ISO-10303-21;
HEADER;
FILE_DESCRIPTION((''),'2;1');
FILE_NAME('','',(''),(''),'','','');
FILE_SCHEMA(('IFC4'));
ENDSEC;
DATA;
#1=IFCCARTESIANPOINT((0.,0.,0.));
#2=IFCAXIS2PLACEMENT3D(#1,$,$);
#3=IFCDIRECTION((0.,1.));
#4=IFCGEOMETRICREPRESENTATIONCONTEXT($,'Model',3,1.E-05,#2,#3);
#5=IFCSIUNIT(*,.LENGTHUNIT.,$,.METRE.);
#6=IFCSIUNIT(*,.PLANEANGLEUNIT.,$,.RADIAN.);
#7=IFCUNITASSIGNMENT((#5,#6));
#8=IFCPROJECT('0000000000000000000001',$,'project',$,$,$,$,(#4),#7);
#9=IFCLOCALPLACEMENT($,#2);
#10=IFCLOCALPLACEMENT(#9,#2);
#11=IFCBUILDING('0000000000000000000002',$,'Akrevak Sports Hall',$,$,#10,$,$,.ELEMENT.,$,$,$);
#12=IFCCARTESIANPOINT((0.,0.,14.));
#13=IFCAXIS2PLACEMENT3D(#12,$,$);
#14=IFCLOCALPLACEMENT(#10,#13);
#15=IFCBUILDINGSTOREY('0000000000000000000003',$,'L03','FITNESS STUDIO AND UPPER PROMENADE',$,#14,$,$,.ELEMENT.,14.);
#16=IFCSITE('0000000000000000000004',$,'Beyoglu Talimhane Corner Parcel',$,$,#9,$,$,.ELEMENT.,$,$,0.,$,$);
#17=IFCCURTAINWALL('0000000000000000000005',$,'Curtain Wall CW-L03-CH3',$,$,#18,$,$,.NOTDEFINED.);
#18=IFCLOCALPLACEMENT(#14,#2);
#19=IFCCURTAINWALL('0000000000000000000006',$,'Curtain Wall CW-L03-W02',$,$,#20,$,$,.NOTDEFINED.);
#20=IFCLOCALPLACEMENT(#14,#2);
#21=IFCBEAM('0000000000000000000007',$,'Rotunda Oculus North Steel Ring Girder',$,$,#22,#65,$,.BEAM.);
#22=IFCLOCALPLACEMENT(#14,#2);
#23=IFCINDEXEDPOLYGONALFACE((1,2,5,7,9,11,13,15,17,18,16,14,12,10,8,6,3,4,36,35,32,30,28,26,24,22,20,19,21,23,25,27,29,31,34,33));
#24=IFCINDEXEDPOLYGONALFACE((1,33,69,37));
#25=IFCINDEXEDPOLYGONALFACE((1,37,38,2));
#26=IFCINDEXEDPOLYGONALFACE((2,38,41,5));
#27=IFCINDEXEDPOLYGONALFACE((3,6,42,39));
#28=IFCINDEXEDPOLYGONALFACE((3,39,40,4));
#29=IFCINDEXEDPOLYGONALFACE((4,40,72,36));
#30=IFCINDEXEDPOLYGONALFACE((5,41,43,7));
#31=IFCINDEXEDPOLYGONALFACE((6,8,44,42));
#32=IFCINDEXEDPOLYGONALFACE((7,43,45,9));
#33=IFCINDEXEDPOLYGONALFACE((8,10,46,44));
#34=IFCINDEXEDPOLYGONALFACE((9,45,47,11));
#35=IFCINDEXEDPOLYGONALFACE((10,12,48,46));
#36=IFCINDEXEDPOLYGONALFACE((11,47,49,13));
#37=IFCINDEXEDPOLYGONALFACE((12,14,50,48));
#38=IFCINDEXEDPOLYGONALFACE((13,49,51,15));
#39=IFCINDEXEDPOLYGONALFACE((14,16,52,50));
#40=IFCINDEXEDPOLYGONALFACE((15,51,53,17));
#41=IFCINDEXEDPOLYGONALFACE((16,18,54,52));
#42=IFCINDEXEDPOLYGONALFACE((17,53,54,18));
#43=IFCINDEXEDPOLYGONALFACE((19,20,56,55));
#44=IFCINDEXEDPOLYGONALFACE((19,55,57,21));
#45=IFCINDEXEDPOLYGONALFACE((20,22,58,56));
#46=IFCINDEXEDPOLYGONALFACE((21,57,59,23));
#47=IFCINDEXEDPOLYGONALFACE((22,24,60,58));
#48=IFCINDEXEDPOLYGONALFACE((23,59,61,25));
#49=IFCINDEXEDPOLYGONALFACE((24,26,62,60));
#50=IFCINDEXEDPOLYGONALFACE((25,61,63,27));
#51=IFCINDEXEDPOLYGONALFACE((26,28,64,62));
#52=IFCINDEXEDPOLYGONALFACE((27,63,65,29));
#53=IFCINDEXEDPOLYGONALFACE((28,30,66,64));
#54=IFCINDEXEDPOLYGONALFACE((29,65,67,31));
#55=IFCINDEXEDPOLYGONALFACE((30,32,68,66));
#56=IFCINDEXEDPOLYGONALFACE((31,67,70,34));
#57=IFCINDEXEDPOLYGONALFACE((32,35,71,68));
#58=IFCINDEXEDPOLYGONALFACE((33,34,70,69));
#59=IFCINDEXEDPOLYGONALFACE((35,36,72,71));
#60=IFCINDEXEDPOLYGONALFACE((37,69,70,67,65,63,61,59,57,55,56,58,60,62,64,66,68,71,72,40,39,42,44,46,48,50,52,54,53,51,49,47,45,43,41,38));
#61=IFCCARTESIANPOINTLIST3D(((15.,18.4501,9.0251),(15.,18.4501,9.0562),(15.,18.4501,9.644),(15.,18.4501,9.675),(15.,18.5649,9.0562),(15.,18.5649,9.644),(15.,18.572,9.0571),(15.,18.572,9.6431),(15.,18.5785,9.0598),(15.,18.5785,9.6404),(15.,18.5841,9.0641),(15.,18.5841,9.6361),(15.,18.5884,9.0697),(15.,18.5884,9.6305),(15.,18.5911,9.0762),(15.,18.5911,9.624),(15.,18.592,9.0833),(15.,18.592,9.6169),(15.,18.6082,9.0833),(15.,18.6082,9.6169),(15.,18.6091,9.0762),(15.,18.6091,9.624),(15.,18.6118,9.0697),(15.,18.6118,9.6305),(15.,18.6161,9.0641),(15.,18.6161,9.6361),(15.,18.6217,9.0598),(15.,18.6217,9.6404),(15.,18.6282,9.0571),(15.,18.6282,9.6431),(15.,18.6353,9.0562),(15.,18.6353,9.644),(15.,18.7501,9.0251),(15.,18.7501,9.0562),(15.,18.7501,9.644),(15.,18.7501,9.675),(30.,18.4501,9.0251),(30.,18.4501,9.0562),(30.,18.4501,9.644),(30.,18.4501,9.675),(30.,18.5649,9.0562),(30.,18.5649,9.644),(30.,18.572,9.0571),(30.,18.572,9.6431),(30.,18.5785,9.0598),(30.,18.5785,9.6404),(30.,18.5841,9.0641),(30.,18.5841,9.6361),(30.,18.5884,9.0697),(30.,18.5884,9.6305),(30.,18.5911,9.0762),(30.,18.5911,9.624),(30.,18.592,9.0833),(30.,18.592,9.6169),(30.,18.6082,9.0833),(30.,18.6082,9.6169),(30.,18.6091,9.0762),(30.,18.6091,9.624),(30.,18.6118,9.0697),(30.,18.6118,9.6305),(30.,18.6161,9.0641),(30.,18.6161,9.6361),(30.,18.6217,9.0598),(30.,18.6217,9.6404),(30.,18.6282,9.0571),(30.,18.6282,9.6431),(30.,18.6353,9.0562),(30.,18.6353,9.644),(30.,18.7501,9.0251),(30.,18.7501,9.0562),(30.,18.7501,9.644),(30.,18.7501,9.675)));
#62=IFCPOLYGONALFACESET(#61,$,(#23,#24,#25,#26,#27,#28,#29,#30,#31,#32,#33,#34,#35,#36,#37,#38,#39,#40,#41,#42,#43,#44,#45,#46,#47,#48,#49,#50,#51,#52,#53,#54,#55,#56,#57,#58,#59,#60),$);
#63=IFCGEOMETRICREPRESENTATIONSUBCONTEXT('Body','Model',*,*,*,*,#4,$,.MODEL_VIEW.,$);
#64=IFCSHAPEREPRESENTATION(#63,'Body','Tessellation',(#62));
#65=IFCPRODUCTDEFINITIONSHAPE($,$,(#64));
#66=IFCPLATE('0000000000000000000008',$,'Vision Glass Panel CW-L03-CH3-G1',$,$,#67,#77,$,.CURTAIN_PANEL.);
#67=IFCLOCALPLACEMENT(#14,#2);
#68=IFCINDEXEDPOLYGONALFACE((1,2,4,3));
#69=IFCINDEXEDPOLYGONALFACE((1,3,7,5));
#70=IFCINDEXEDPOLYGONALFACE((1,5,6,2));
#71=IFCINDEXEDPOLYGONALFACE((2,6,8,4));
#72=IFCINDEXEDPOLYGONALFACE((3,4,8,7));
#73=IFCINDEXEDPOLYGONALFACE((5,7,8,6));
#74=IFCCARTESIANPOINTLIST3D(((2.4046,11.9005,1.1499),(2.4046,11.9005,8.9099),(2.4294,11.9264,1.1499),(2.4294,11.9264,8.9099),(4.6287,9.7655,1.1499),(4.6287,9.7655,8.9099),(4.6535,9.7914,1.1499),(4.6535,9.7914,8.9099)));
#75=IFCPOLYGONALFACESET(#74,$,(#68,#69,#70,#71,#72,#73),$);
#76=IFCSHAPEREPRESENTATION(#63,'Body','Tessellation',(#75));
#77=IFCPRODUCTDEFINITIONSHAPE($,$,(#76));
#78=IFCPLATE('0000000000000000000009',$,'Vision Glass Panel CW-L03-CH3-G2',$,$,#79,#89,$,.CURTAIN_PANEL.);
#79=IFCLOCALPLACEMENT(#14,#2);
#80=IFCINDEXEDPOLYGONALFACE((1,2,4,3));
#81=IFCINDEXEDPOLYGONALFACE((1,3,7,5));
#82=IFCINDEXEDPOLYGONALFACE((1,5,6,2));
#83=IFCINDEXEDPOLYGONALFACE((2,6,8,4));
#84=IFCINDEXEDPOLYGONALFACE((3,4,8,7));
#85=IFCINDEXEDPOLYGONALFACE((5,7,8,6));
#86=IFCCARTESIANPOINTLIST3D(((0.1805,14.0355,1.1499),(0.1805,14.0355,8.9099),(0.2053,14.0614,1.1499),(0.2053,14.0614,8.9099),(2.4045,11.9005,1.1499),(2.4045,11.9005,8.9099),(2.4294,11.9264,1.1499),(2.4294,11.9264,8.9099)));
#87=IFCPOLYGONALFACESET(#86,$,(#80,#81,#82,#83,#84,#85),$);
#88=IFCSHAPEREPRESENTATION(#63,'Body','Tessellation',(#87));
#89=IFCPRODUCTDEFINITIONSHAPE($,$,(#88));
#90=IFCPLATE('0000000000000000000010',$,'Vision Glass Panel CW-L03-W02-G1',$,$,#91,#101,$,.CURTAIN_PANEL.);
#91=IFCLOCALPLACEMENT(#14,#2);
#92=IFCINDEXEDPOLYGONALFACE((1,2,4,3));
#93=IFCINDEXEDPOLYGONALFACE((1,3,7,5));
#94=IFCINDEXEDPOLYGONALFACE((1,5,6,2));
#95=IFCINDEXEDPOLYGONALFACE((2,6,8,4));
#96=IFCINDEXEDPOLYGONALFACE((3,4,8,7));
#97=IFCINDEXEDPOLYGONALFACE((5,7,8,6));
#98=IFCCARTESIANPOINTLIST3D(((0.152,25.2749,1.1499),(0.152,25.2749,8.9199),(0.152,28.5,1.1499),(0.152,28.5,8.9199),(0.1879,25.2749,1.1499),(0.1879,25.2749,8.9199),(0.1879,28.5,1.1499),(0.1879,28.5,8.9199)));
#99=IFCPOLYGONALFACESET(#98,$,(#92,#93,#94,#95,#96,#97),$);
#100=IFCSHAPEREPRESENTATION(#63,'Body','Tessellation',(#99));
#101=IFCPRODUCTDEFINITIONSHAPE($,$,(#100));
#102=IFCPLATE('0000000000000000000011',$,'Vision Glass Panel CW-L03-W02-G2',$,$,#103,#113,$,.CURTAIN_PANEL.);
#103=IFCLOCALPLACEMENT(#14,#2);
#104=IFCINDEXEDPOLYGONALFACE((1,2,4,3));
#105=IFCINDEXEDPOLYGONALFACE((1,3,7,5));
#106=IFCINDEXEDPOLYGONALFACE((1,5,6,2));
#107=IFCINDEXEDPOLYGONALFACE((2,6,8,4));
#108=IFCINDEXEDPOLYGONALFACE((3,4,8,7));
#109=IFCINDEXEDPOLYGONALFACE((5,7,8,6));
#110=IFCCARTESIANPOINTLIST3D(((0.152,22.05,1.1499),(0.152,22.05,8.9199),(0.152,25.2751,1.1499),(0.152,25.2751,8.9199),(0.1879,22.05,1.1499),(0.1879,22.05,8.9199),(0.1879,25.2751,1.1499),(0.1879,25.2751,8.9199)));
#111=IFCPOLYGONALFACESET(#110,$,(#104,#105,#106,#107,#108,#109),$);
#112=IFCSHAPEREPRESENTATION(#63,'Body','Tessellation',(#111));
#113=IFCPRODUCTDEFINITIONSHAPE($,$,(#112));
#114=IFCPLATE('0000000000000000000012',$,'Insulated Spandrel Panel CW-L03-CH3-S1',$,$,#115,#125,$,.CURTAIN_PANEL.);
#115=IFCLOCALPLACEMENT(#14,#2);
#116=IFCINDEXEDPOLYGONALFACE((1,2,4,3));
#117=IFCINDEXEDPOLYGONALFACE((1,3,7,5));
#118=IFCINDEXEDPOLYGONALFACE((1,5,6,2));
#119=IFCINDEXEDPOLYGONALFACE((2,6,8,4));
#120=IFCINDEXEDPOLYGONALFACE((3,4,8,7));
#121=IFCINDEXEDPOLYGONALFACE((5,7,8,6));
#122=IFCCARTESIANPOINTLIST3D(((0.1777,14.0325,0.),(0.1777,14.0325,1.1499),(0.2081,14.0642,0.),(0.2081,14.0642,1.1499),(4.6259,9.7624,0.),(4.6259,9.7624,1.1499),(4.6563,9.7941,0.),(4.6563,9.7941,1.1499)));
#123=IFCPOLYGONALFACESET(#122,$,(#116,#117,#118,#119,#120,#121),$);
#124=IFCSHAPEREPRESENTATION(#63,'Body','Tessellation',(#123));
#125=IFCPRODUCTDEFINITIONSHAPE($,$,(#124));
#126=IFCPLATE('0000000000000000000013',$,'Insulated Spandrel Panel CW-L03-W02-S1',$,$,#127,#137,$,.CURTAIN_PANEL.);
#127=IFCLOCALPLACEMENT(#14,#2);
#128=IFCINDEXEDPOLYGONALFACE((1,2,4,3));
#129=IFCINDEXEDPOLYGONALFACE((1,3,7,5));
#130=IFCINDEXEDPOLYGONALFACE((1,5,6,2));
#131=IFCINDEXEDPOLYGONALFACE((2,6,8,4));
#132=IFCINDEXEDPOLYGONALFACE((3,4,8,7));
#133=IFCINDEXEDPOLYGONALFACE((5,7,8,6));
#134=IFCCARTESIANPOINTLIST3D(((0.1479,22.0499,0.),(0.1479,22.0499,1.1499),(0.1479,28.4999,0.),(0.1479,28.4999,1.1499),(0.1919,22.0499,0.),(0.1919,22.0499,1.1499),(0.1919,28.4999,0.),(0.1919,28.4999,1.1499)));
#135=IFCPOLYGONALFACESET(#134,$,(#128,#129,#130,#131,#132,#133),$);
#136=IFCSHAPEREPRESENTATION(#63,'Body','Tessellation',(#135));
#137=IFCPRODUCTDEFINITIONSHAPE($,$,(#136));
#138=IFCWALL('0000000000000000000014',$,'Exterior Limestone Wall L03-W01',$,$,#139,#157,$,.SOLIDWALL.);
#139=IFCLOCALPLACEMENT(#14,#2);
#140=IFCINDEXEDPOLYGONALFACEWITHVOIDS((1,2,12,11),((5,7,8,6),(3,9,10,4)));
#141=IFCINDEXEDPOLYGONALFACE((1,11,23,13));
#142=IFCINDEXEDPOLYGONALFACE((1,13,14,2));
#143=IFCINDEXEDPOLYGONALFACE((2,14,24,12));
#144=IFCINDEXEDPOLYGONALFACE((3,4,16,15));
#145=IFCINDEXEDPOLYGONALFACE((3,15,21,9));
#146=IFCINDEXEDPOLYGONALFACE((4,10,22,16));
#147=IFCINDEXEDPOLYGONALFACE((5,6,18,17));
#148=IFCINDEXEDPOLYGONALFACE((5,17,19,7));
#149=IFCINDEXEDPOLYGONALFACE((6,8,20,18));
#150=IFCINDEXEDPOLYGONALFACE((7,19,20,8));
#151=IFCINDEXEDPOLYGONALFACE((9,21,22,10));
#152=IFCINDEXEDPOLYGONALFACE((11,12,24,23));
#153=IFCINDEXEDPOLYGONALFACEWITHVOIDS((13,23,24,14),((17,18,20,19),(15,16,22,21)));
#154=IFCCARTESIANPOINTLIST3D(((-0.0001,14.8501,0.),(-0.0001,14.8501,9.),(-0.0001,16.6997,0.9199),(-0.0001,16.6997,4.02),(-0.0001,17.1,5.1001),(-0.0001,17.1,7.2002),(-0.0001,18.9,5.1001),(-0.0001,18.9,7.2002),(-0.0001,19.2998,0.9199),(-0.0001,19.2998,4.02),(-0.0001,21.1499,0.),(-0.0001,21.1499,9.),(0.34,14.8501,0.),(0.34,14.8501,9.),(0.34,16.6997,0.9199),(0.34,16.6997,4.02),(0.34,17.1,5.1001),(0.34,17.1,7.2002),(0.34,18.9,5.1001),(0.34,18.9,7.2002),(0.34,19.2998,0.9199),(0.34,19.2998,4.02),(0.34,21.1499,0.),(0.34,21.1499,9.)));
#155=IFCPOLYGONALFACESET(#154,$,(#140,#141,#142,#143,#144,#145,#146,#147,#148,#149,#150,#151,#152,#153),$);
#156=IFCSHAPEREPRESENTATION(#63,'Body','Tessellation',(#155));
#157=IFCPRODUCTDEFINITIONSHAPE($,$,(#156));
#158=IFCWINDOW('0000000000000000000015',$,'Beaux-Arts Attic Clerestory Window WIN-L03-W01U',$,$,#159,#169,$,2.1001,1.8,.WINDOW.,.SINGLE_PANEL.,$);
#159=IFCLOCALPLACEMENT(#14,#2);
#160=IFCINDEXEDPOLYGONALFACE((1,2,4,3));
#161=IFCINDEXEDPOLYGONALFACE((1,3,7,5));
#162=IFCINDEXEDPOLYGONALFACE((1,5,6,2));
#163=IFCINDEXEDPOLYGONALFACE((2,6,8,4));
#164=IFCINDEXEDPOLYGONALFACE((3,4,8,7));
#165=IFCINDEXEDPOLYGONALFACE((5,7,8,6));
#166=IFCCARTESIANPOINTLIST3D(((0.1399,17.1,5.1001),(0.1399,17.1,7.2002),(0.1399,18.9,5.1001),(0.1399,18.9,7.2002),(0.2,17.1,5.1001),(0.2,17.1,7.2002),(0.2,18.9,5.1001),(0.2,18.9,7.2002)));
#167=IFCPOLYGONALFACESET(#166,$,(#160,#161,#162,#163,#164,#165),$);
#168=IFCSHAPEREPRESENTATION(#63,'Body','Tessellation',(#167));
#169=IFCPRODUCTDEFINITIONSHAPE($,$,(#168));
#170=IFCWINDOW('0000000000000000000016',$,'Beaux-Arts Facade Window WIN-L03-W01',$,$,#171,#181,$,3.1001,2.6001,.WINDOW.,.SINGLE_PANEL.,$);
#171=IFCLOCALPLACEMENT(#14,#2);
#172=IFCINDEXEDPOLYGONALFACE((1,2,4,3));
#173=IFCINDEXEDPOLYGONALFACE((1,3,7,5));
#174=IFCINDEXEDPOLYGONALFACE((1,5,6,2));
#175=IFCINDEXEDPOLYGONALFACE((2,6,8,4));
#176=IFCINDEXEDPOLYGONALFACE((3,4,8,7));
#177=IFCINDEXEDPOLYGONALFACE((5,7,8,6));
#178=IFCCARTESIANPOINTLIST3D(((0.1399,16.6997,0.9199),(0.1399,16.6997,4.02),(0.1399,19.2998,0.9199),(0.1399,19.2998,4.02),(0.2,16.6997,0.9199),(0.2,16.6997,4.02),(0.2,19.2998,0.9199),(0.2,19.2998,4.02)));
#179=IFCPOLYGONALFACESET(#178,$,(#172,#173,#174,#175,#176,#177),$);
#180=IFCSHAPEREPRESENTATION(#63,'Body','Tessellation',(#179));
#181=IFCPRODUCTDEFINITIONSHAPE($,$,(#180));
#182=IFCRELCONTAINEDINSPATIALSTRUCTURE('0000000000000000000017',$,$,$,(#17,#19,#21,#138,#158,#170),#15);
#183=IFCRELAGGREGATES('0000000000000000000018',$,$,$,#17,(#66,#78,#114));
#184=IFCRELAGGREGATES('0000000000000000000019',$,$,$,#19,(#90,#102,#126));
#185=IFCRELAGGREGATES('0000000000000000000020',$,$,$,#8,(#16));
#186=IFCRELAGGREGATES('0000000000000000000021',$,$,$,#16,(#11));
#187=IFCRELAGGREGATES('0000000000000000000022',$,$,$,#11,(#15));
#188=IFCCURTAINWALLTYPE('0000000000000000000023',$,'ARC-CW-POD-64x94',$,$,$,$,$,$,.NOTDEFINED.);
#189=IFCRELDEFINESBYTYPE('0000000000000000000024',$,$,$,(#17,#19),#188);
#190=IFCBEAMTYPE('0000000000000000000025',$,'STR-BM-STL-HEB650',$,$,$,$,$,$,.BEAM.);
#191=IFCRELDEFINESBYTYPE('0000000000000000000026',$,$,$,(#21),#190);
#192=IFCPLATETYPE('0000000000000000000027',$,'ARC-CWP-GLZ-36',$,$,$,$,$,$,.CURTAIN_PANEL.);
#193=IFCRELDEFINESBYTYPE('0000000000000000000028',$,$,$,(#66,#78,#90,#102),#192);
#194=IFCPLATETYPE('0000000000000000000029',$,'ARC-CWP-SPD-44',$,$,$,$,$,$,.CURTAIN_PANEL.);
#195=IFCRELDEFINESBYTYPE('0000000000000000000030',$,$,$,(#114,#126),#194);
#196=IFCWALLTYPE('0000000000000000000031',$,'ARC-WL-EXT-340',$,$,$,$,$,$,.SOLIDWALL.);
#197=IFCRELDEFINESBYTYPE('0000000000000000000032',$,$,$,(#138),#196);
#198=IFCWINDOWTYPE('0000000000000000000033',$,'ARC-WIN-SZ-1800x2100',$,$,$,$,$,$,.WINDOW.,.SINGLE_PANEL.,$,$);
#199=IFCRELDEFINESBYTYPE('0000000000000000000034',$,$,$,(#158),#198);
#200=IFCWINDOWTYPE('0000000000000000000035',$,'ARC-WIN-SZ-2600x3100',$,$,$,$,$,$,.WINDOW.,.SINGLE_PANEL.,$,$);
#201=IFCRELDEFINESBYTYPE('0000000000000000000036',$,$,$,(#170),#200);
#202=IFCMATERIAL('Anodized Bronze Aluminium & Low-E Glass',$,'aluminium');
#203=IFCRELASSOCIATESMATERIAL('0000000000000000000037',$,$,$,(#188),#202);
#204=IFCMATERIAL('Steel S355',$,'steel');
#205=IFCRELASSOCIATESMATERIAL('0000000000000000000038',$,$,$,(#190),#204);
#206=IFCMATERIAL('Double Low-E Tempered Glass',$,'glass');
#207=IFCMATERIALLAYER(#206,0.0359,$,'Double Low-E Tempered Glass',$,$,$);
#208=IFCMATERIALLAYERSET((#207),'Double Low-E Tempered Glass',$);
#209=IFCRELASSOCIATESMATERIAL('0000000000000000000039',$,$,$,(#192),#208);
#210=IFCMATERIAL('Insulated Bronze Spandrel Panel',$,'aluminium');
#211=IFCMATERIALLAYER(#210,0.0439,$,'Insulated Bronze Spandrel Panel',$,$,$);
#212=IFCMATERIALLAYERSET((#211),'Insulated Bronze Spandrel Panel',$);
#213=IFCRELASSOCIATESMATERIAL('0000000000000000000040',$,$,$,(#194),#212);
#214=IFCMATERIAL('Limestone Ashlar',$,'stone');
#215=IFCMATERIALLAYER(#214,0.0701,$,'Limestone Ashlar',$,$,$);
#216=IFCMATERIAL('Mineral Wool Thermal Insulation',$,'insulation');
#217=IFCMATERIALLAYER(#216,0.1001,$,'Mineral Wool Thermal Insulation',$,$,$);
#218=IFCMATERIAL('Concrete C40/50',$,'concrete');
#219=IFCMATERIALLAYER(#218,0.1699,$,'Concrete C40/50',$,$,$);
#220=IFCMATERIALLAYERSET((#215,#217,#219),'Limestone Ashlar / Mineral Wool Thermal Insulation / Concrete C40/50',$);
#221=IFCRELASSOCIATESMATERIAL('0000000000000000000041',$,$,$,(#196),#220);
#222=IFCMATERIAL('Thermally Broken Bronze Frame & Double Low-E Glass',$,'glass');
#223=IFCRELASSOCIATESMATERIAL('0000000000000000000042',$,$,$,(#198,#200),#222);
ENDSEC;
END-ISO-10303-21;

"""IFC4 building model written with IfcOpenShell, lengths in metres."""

from ifc_helpers import new_model, si_unit, direction, frame, frame_2d, origin, origin_2d, place, context, subcontext, project, spatial, rectangle, i_section, extrude, material, layer, layer_set, material_profile, profile_set, type_object, element, fill, aggregate, save


model = new_model("IFC4")

# Units and contexts
model_context = context("Model", 3, precision=1e-05, world=origin(), true_north=direction((0.0, 1.0)))
body_context = subcontext(model_context, "Body", "Model", "MODEL_VIEW")
ifc_project = project(units=[si_unit("LENGTHUNIT", "METRE"), si_unit("PLANEANGLEUNIT", "RADIAN")], contexts=[model_context])

# Site, building, storey
site_placement = place(None, origin())
site = spatial("IfcSite", under=ifc_project, at=site_placement, Name="Beyoglu Talimhane Corner Parcel", CompositionType="ELEMENT", RefElevation=0.0)
building_placement = place(site_placement, origin())
building = spatial("IfcBuilding", under=site, at=building_placement, Name="Akrevak Sports Hall", CompositionType="ELEMENT")
storey_placement = place(building_placement, frame((0.0, 0.0, 14.0)))
storey = spatial("IfcBuildingStorey", under=building, at=storey_placement, Name="L03", Description="FITNESS STUDIO AND UPPER PROMENADE", CompositionType="ELEMENT", Elevation=14.0)

# Shared definitions
ifc_material_1 = material(Name="Concrete C40/50", Category="concrete")

# Curtain walls
ifc_material_2 = material(Name="Anodized Bronze Aluminium & Low-E Glass", Category="aluminium")
curtain_wall_type = type_object("IfcCurtainWallType", Name="ARC-CW-POD-64x94", PredefinedType="NOTDEFINED", material=ifc_material_2)
curtain_wall_1_placement = place(storey_placement, origin())
curtain_wall_1 = element("IfcCurtainWall", 1, at=curtain_wall_1_placement, inside=storey, type_object=curtain_wall_type, Name="Curtain Wall CW-L03-CH3", PredefinedType="NOTDEFINED")
curtain_wall_2_placement = place(storey_placement, origin())
curtain_wall_2 = element("IfcCurtainWall", 2, at=curtain_wall_2_placement, inside=storey, type_object=curtain_wall_type, Name="Curtain Wall CW-L03-W02", PredefinedType="NOTDEFINED")

# Beam
ifc_material_3 = material(Name="Steel S355", Category="steel")
ifc_material_profile_1 = material_profile(ifc_material_3, i_section(OverallWidth=0.3, OverallDepth=0.6499, WebThickness=0.0161, FlangeThickness=0.031, FilletRadius=0.0271, at=origin_2d()), Name="HEB 650", Category="steel")
ifc_profile_set_1 = profile_set([ifc_material_profile_1], Name="Steel S355")
beam_type_1 = type_object("IfcBeamType", Name="STR-BM-STL-HEB650", PredefinedType="BEAM", material=ifc_profile_set_1)
for number, where, z_axis, x_axis, name in (
    (3, (15.0, 18.6001, 9.3501), (1.0, 0.0, 0.0), (0.0, 1.0, 0.0), "Rotunda Oculus North Steel Ring Girder"),
):
    element("IfcBeam", number, at=place(storey_placement, frame(where, z_axis=z_axis, x_axis=x_axis)), inside=storey, type_object=beam_type_1, Name=name, PredefinedType="BEAM", context=body_context, shape_type="SweptSolid", body=[
        extrude(i_section(OverallWidth=0.3, OverallDepth=0.6499, WebThickness=0.0161, FlangeThickness=0.031, FilletRadius=0.0271, at=origin_2d()), origin(), (0.0, 0.0, 1.0), 15.0),
    ])

# Plates
ifc_material_4 = material(Name="Double Low-E Tempered Glass", Category="glass")
ifc_layer_1 = layer(ifc_material_4, 0.0359, Name="Double Low-E Tempered Glass")
ifc_layer_set_1 = layer_set([ifc_layer_1], Name="Double Low-E Tempered Glass")
plate_type_1 = type_object("IfcPlateType", Name="ARC-CWP-GLZ-36", PredefinedType="CURTAIN_PANEL", material=ifc_layer_set_1)
plate_1_placement = place(storey_placement, frame((3.5291, 10.8459, 1.1499), z_axis=(0.0, 0.0, 1.0), x_axis=(-0.721398, 0.692521, 0.0)))
plate_1 = element("IfcPlate", 4, at=plate_1_placement, type_object=plate_type_1, Name="Vision Glass Panel CW-L03-CH3-G1", PredefinedType="CURTAIN_PANEL", context=body_context, shape_type="SweptSolid", body=[
    extrude(rectangle(XDim=3.083, YDim=0.0359, at=origin_2d()), origin(), (0.0, 0.0, 1.0), 7.76),
])
plate_2_placement = place(storey_placement, frame((1.3049, 12.981, 1.1499), z_axis=(0.0, 0.0, 1.0), x_axis=(-0.721398, 0.692521, 0.0)))
plate_2 = element("IfcPlate", 5, at=plate_2_placement, type_object=plate_type_1, Name="Vision Glass Panel CW-L03-CH3-G2", PredefinedType="CURTAIN_PANEL", context=body_context, shape_type="SweptSolid", body=[
    extrude(rectangle(XDim=3.083, YDim=0.0359, at=origin_2d()), origin(), (0.0, 0.0, 1.0), 7.76),
])
plate_3_placement = place(storey_placement, frame((0.1699, 26.8875, 1.1499), z_axis=(0.0, 0.0, 1.0), x_axis=(0.0, -1.0, 0.0)))
plate_3 = element("IfcPlate", 6, at=plate_3_placement, type_object=plate_type_1, Name="Vision Glass Panel CW-L03-W02-G1", PredefinedType="CURTAIN_PANEL", context=body_context, shape_type="SweptSolid", body=[
    extrude(rectangle(XDim=3.2251, YDim=0.0359, at=origin_2d()), origin(), (0.0, 0.0, 1.0), 7.77),
])
plate_4_placement = place(storey_placement, frame((0.1699, 23.6626, 1.1499), z_axis=(0.0, 0.0, 1.0), x_axis=(0.0, -1.0, 0.0)))
plate_4 = element("IfcPlate", 7, at=plate_4_placement, type_object=plate_type_1, Name="Vision Glass Panel CW-L03-W02-G2", PredefinedType="CURTAIN_PANEL", context=body_context, shape_type="SweptSolid", body=[
    extrude(rectangle(XDim=3.2251, YDim=0.0359, at=origin_2d()), origin(), (0.0, 0.0, 1.0), 7.77),
])
ifc_material_5 = material(Name="Insulated Bronze Spandrel Panel", Category="aluminium")
ifc_layer_2 = layer(ifc_material_5, 0.0439, Name="Insulated Bronze Spandrel Panel")
ifc_layer_set_2 = layer_set([ifc_layer_2], Name="Insulated Bronze Spandrel Panel")
plate_type_2 = type_object("IfcPlateType", Name="ARC-CWP-SPD-44", PredefinedType="CURTAIN_PANEL", material=ifc_layer_set_2)
plate_5_placement = place(storey_placement, frame((2.417, 11.9133, 0.0), z_axis=(0.0, 0.0, 1.0), x_axis=(-0.721398, 0.692521, 0.0)))
plate_5 = element("IfcPlate", 8, at=plate_5_placement, type_object=plate_type_2, Name="Insulated Spandrel Panel CW-L03-CH3-S1", PredefinedType="CURTAIN_PANEL", context=body_context, shape_type="SweptSolid", body=[
    extrude(rectangle(XDim=6.166, YDim=0.0439, at=origin_2d()), origin(), (0.0, 0.0, 1.0), 1.1499),
])
aggregate(curtain_wall_1, [plate_1, plate_2, plate_5])
plate_6_placement = place(storey_placement, frame((0.1699, 25.2749, 0.0), z_axis=(0.0, 0.0, 1.0), x_axis=(0.0, -1.0, 0.0)))
plate_6 = element("IfcPlate", 9, at=plate_6_placement, type_object=plate_type_2, Name="Insulated Spandrel Panel CW-L03-W02-S1", PredefinedType="CURTAIN_PANEL", context=body_context, shape_type="SweptSolid", body=[
    extrude(rectangle(XDim=6.45, YDim=0.0439, at=origin_2d()), origin(), (0.0, 0.0, 1.0), 1.1499),
])
aggregate(curtain_wall_2, [plate_3, plate_4, plate_6])

# Wall, openings, windows
ifc_material_6 = material(Name="Limestone Ashlar", Category="stone")
ifc_layer_3 = layer(ifc_material_6, 0.0701, Name="Limestone Ashlar")
ifc_material_7 = material(Name="Mineral Wool Thermal Insulation", Category="insulation")
ifc_layer_4 = layer(ifc_material_7, 0.1001, Name="Mineral Wool Thermal Insulation")
ifc_layer_5 = layer(ifc_material_1, 0.1699, Name="Concrete C40/50")
ifc_layer_set_3 = layer_set([ifc_layer_3, ifc_layer_4, ifc_layer_5], Name="Limestone Ashlar / Mineral Wool Thermal Insulation / Concrete C40/50")
wall_type = type_object("IfcWallType", Name="ARC-WL-EXT-340", PredefinedType="SOLIDWALL", material=ifc_layer_set_3)
wall_placement = place(storey_placement, frame((0.1699, 21.1499, 0.0), z_axis=(0.0, 0.0, 1.0), x_axis=(0.0, -1.0, 0.0)))
wall = element("IfcWall", 10, at=wall_placement, inside=storey, type_object=wall_type, Name="Exterior Limestone Wall L03-W01", PredefinedType="SOLIDWALL", context=body_context, shape_type="SweptSolid", body=[
    extrude(rectangle(XDim=6.2998, YDim=0.3401, at=frame_2d((3.1499, 0.0))), origin(), (0.0, 0.0, 1.0), 9.0),
])
opening_1_placement = place(wall_placement, frame((1.8501, 0.0, 0.9199)))
opening_1 = element("IfcOpeningElement", 11, at=opening_1_placement, cuts=wall, PredefinedType="OPENING", context=body_context, shape_type="SweptSolid", body=[
    extrude(rectangle(XDim=2.6001, YDim=3.1001, at=frame_2d((1.3, 1.55))), frame((0.0, 0.1821, 0.0), z_axis=(0.0, -1.0, 0.0), x_axis=(1.0, 0.0, 0.0)), (0.0, 0.0, 1.0), 0.364),
])
opening_2_placement = place(wall_placement, frame((2.25, 0.0, 5.1001)))
opening_2 = element("IfcOpeningElement", 12, at=opening_2_placement, cuts=wall, PredefinedType="OPENING", context=body_context, shape_type="SweptSolid", body=[
    extrude(rectangle(XDim=1.8, YDim=2.1001, at=frame_2d((0.8999, 1.05))), frame((0.0, 0.1821, 0.0), z_axis=(0.0, -1.0, 0.0), x_axis=(1.0, 0.0, 0.0)), (0.0, 0.0, 1.0), 0.364),
])
ifc_material_8 = material(Name="Thermally Broken Bronze Frame & Double Low-E Glass", Category="glass")
window_type_1 = type_object("IfcWindowType", Name="ARC-WIN-SZ-1800x2100", PartitioningType="SINGLE_PANEL", PredefinedType="WINDOW", material=ifc_material_8)
window_1_placement = place(opening_2_placement, origin())
window_1 = element("IfcWindow", 13, at=window_1_placement, inside=storey, type_object=window_type_1, Name="Beaux-Arts Attic Clerestory Window WIN-L03-W01U", OverallHeight=2.1001, OverallWidth=1.8, PartitioningType="SINGLE_PANEL", PredefinedType="WINDOW", context=body_context, shape_type="SweptSolid", body=[
    extrude(rectangle(XDim=1.8, YDim=2.1001, at=frame_2d((0.8999, 1.05))), frame((0.0, 0.03, 0.0), z_axis=(0.0, -1.0, 0.0), x_axis=(1.0, 0.0, 0.0)), (0.0, 0.0, 1.0), 0.0601),
])
fill(opening_2, window_1)
window_type_2 = type_object("IfcWindowType", Name="ARC-WIN-SZ-2600x3100", PartitioningType="SINGLE_PANEL", PredefinedType="WINDOW", material=ifc_material_8)
window_2_placement = place(opening_1_placement, origin())
window_2 = element("IfcWindow", 14, at=window_2_placement, inside=storey, type_object=window_type_2, Name="Beaux-Arts Facade Window WIN-L03-W01", OverallHeight=3.1001, OverallWidth=2.6001, PartitioningType="SINGLE_PANEL", PredefinedType="WINDOW", context=body_context, shape_type="SweptSolid", body=[
    extrude(rectangle(XDim=2.6001, YDim=3.1001, at=frame_2d((1.3, 1.55))), frame((0.0, 0.03, 0.0), z_axis=(0.0, -1.0, 0.0), x_axis=(1.0, 0.0, 0.0)), (0.0, 0.0, 1.0), 0.0601),
])
fill(opening_1, window_2)

save(model, "model.ifc")
